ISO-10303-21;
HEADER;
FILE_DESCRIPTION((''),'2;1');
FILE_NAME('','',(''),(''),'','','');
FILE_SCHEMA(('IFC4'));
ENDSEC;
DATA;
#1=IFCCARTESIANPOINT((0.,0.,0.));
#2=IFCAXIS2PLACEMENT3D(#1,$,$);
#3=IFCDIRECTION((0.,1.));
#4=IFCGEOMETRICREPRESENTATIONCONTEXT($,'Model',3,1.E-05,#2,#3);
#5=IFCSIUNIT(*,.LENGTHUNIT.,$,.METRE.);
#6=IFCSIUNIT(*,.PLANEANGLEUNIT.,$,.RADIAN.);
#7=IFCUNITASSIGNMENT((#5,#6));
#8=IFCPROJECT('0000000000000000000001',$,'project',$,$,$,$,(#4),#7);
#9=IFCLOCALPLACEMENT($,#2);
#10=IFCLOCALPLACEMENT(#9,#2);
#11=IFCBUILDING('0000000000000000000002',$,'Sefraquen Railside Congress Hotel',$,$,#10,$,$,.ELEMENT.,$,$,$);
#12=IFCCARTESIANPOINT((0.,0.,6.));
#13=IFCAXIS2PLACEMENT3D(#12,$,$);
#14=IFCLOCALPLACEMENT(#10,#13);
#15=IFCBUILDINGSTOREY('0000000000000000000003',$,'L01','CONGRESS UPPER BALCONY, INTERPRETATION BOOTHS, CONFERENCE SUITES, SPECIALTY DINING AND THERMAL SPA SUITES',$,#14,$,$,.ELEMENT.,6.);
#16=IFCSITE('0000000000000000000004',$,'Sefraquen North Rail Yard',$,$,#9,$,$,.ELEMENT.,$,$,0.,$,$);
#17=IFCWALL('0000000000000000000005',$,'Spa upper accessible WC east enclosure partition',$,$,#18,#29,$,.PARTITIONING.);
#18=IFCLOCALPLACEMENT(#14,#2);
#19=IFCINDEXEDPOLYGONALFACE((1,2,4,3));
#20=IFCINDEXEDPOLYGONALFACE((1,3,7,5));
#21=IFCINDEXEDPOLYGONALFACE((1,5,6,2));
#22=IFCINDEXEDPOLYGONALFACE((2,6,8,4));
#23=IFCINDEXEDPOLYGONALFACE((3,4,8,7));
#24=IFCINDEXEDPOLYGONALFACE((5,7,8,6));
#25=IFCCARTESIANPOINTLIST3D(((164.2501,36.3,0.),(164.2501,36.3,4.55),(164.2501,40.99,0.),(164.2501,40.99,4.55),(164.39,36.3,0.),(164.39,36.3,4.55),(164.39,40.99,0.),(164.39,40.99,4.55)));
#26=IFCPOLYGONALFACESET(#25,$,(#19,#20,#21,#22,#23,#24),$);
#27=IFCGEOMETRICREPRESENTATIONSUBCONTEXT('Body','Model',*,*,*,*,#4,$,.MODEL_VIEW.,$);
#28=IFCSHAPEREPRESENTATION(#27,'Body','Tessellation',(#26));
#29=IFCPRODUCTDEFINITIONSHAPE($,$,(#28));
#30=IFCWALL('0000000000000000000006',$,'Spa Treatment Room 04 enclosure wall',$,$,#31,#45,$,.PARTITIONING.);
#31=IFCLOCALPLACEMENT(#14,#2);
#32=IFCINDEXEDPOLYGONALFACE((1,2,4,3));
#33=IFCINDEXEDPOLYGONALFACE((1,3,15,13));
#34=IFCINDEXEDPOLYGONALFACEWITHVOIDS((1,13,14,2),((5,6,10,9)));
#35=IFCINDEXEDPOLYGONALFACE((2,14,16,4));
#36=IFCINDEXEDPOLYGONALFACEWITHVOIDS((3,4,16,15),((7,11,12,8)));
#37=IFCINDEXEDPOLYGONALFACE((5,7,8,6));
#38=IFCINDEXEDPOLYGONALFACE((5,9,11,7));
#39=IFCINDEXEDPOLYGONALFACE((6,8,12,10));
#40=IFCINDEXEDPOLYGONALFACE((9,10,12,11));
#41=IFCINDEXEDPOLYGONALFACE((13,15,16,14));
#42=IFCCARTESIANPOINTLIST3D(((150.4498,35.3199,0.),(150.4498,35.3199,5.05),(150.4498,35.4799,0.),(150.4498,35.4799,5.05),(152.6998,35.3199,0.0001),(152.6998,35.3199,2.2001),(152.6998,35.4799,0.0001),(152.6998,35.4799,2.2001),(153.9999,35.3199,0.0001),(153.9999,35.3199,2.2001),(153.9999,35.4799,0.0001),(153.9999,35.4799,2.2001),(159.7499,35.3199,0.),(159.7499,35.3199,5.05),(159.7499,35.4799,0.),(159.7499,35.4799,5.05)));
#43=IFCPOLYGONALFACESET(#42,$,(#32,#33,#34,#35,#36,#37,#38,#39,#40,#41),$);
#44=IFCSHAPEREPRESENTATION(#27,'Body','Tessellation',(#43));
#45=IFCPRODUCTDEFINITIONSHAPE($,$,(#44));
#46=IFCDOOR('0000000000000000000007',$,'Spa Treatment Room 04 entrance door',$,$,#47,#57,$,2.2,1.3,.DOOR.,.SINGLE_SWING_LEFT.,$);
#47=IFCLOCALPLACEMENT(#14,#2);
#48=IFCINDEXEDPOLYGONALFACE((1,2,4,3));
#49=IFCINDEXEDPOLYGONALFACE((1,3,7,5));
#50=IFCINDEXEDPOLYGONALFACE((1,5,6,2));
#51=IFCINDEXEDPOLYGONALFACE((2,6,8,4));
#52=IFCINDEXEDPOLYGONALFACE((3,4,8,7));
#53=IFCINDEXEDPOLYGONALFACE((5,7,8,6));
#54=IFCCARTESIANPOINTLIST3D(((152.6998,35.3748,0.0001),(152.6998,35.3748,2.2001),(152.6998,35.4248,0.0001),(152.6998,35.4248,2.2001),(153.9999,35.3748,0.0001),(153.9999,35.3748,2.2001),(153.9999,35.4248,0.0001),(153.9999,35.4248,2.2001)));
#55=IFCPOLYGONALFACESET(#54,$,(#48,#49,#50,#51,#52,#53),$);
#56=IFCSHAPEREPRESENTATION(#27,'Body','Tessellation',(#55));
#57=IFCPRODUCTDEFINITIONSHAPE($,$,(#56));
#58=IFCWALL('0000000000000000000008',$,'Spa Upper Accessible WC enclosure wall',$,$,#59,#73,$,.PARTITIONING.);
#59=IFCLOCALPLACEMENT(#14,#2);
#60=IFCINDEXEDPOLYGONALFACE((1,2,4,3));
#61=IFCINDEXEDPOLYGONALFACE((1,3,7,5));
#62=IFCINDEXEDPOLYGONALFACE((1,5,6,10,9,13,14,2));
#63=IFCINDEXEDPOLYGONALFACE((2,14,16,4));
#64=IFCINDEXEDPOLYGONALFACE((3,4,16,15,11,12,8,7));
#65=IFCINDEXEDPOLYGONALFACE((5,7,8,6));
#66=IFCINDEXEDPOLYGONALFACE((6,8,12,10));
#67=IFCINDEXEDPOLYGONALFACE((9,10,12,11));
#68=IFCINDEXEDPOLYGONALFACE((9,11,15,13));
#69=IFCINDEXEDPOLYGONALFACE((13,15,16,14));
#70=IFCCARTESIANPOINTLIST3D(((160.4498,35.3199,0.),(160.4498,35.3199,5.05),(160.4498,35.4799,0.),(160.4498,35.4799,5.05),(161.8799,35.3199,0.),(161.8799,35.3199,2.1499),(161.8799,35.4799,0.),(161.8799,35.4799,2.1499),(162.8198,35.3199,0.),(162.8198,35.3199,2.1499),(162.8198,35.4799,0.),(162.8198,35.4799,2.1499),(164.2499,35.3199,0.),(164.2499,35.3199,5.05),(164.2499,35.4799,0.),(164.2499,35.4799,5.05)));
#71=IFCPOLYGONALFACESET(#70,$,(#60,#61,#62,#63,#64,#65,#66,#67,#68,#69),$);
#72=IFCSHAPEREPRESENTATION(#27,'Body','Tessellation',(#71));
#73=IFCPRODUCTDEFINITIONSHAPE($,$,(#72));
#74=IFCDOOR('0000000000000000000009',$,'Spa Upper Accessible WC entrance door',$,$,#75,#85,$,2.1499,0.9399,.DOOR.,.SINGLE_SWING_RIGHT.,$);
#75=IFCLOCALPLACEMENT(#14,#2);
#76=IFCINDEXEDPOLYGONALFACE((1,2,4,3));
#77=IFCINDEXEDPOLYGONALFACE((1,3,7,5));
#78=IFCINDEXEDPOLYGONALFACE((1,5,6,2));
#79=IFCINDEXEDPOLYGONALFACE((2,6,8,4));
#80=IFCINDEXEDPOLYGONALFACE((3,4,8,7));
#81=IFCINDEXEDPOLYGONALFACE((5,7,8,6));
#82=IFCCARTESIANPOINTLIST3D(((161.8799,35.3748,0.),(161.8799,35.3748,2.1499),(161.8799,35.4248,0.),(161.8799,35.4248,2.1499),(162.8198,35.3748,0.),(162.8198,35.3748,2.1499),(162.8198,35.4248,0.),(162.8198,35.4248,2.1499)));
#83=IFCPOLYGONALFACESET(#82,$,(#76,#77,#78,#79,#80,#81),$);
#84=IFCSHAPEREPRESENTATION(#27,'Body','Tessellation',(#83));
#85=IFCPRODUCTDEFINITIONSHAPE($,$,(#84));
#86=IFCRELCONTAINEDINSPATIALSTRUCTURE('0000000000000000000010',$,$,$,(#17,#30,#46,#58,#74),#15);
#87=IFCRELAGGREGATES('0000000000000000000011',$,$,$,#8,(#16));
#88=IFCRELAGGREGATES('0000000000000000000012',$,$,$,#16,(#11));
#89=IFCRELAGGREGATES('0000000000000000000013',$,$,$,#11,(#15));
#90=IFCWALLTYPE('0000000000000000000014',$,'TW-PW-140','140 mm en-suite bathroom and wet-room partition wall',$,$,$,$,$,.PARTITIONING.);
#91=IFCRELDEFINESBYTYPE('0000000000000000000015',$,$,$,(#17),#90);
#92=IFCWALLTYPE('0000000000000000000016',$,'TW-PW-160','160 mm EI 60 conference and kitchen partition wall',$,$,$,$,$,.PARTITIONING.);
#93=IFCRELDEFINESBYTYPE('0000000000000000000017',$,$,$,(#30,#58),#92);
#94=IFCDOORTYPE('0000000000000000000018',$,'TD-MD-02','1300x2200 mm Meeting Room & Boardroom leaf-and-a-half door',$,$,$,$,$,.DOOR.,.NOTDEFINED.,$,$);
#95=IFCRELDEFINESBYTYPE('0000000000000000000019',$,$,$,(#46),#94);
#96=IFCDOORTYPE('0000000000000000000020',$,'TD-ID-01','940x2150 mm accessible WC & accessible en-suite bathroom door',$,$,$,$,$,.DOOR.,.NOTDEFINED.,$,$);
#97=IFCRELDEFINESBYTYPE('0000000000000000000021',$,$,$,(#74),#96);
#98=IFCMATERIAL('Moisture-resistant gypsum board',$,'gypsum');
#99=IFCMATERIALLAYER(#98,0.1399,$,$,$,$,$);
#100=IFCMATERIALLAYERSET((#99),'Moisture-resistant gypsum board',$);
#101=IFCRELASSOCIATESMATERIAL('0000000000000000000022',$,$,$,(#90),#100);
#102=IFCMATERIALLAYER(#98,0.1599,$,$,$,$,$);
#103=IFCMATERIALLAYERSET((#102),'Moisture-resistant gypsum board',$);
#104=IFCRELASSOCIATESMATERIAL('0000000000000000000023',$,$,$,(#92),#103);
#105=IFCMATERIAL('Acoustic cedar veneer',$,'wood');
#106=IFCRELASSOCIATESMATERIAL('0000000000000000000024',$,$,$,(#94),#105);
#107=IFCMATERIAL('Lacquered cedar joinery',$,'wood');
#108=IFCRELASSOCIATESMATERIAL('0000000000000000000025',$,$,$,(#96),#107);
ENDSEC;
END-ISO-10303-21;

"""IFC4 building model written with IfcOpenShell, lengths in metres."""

from ifc_helpers import new_model, si_unit, direction, frame, frame_2d, origin, place, context, subcontext, project, spatial, rectangle, extrude, material, layer, layer_set, type_object, element, fill, save


model = new_model("IFC4")

# Units and contexts
model_context = context("Model", 3, precision=1e-05, world=origin(), true_north=direction((0.0, 1.0)))
body_context = subcontext(model_context, "Body", "Model", "MODEL_VIEW")
ifc_project = project(units=[si_unit("LENGTHUNIT", "METRE"), si_unit("PLANEANGLEUNIT", "RADIAN")], contexts=[model_context])

# Site, building, storey
site_placement = place(None, origin())
site = spatial("IfcSite", under=ifc_project, at=site_placement, Name="Sefraquen North Rail Yard", CompositionType="ELEMENT", RefElevation=0.0)
building_placement = place(site_placement, origin())
building = spatial("IfcBuilding", under=site, at=building_placement, Name="Sefraquen Railside Congress Hotel", CompositionType="ELEMENT")
storey_placement = place(building_placement, frame((0.0, 0.0, 6.0)))
storey = spatial("IfcBuildingStorey", under=building, at=storey_placement, Name="L01", Description="CONGRESS UPPER BALCONY, INTERPRETATION BOOTHS, CONFERENCE SUITES, SPECIALTY DINING AND THERMAL SPA SUITES", CompositionType="ELEMENT", Elevation=6.0)

# Wall
ifc_material_1 = material(Name="Moisture-resistant gypsum board", Category="gypsum")
ifc_layer_1 = layer(ifc_material_1, 0.1399)
ifc_layer_set_1 = layer_set([ifc_layer_1], Name="Moisture-resistant gypsum board")
wall_type_1 = type_object("IfcWallType", Name="TW-PW-140", Description="140 mm en-suite bathroom and wet-room partition wall", PredefinedType="PARTITIONING", material=ifc_layer_set_1)
wall_1_placement = place(storey_placement, frame((164.3201, 36.3, 0.0), z_axis=(0.0, 0.0, 1.0), x_axis=(0.0, 1.0, 0.0)))
element("IfcWall", 1, at=wall_1_placement, inside=storey, type_object=wall_type_1, Name="Spa upper accessible WC east enclosure partition", PredefinedType="PARTITIONING", context=body_context, shape_type="SweptSolid", body=[
    extrude(rectangle(XDim=4.6899, YDim=0.1399, at=frame_2d((2.345, 0.0))), origin(), (0.0, 0.0, 1.0), 4.55),
])

# Walls, openings, doors
ifc_layer_2 = layer(ifc_material_1, 0.1599)
ifc_layer_set_2 = layer_set([ifc_layer_2], Name="Moisture-resistant gypsum board")
wall_type_2 = type_object("IfcWallType", Name="TW-PW-160", Description="160 mm EI 60 conference and kitchen partition wall", PredefinedType="PARTITIONING", material=ifc_layer_set_2)
wall_2_placement = place(storey_placement, frame((150.45, 35.3999, 0.0), z_axis=(0.0, 0.0, 1.0), x_axis=(1.0, 0.0, 0.0)))
wall_2 = element("IfcWall", 2, at=wall_2_placement, inside=storey, type_object=wall_type_2, Name="Spa Treatment Room 04 enclosure wall", PredefinedType="PARTITIONING", context=body_context, shape_type="SweptSolid", body=[
    extrude(rectangle(XDim=9.3, YDim=0.1599, at=frame_2d((4.6499, 0.0))), origin(), (0.0, 0.0, 1.0), 5.05),
])
opening_1_placement = place(wall_2_placement, frame((2.25, 0.0, 0.0)))
opening_1 = element("IfcOpeningElement", 3, at=opening_1_placement, cuts=wall_2, PredefinedType="OPENING", context=body_context, shape_type="SweptSolid", body=[
    extrude(rectangle(XDim=1.3, YDim=2.2, at=frame_2d((0.6499, 1.1001))), frame((0.0, 0.0898, 0.0), z_axis=(0.0, -1.0, 0.0), x_axis=(1.0, 0.0, 0.0)), (0.0, 0.0, 1.0), 0.1799),
])
ifc_material_2 = material(Name="Acoustic cedar veneer", Category="wood")
door_type_1 = type_object("IfcDoorType", Name="TD-MD-02", Description="1300x2200 mm Meeting Room & Boardroom leaf-and-a-half door", OperationType="NOTDEFINED", PredefinedType="DOOR", material=ifc_material_2)
door_1_placement = place(opening_1_placement, origin())
door_1 = element("IfcDoor", 4, at=door_1_placement, inside=storey, type_object=door_type_1, Name="Spa Treatment Room 04 entrance door", OperationType="SINGLE_SWING_LEFT", OverallHeight=2.2, OverallWidth=1.3, PredefinedType="DOOR", context=body_context, shape_type="SweptSolid", body=[
    extrude(rectangle(XDim=1.3, YDim=2.2, at=frame_2d((0.6499, 1.1001))), frame((0.0, 0.0249, 0.0), z_axis=(0.0, -1.0, 0.0), x_axis=(1.0, 0.0, 0.0)), (0.0, 0.0, 1.0), 0.05),
])
fill(opening_1, door_1)
wall_3_placement = place(storey_placement, frame((160.45, 35.3999, 0.0), z_axis=(0.0, 0.0, 1.0), x_axis=(1.0, 0.0, 0.0)))
wall_3 = element("IfcWall", 5, at=wall_3_placement, inside=storey, type_object=wall_type_2, Name="Spa Upper Accessible WC enclosure wall", PredefinedType="PARTITIONING", context=body_context, shape_type="SweptSolid", body=[
    extrude(rectangle(XDim=3.8, YDim=0.1599, at=frame_2d((1.8999, 0.0))), origin(), (0.0, 0.0, 1.0), 5.05),
])
opening_2_placement = place(wall_3_placement, frame((1.4299, 0.0, 0.0)))
opening_2 = element("IfcOpeningElement", 6, at=opening_2_placement, cuts=wall_3, PredefinedType="OPENING", context=body_context, shape_type="SweptSolid", body=[
    extrude(rectangle(XDim=0.9399, YDim=2.1499, at=frame_2d((0.47, 1.075))), frame((0.0, 0.0898, 0.0), z_axis=(0.0, -1.0, 0.0), x_axis=(1.0, 0.0, 0.0)), (0.0, 0.0, 1.0), 0.1799),
])
ifc_material_3 = material(Name="Lacquered cedar joinery", Category="wood")
door_type_2 = type_object("IfcDoorType", Name="TD-ID-01", Description="940x2150 mm accessible WC & accessible en-suite bathroom door", OperationType="NOTDEFINED", PredefinedType="DOOR", material=ifc_material_3)
door_2_placement = place(opening_2_placement, origin())
door_2 = element("IfcDoor", 7, at=door_2_placement, inside=storey, type_object=door_type_2, Name="Spa Upper Accessible WC entrance door", OperationType="SINGLE_SWING_RIGHT", OverallHeight=2.1499, OverallWidth=0.9399, PredefinedType="DOOR", context=body_context, shape_type="SweptSolid", body=[
    extrude(rectangle(XDim=0.9399, YDim=2.1499, at=frame_2d((0.47, 1.075))), frame((0.0, 0.0249, 0.0), z_axis=(0.0, -1.0, 0.0), x_axis=(1.0, 0.0, 0.0)), (0.0, 0.0, 1.0), 0.05),
])
fill(opening_2, door_2)

save(model, "model.ifc")
